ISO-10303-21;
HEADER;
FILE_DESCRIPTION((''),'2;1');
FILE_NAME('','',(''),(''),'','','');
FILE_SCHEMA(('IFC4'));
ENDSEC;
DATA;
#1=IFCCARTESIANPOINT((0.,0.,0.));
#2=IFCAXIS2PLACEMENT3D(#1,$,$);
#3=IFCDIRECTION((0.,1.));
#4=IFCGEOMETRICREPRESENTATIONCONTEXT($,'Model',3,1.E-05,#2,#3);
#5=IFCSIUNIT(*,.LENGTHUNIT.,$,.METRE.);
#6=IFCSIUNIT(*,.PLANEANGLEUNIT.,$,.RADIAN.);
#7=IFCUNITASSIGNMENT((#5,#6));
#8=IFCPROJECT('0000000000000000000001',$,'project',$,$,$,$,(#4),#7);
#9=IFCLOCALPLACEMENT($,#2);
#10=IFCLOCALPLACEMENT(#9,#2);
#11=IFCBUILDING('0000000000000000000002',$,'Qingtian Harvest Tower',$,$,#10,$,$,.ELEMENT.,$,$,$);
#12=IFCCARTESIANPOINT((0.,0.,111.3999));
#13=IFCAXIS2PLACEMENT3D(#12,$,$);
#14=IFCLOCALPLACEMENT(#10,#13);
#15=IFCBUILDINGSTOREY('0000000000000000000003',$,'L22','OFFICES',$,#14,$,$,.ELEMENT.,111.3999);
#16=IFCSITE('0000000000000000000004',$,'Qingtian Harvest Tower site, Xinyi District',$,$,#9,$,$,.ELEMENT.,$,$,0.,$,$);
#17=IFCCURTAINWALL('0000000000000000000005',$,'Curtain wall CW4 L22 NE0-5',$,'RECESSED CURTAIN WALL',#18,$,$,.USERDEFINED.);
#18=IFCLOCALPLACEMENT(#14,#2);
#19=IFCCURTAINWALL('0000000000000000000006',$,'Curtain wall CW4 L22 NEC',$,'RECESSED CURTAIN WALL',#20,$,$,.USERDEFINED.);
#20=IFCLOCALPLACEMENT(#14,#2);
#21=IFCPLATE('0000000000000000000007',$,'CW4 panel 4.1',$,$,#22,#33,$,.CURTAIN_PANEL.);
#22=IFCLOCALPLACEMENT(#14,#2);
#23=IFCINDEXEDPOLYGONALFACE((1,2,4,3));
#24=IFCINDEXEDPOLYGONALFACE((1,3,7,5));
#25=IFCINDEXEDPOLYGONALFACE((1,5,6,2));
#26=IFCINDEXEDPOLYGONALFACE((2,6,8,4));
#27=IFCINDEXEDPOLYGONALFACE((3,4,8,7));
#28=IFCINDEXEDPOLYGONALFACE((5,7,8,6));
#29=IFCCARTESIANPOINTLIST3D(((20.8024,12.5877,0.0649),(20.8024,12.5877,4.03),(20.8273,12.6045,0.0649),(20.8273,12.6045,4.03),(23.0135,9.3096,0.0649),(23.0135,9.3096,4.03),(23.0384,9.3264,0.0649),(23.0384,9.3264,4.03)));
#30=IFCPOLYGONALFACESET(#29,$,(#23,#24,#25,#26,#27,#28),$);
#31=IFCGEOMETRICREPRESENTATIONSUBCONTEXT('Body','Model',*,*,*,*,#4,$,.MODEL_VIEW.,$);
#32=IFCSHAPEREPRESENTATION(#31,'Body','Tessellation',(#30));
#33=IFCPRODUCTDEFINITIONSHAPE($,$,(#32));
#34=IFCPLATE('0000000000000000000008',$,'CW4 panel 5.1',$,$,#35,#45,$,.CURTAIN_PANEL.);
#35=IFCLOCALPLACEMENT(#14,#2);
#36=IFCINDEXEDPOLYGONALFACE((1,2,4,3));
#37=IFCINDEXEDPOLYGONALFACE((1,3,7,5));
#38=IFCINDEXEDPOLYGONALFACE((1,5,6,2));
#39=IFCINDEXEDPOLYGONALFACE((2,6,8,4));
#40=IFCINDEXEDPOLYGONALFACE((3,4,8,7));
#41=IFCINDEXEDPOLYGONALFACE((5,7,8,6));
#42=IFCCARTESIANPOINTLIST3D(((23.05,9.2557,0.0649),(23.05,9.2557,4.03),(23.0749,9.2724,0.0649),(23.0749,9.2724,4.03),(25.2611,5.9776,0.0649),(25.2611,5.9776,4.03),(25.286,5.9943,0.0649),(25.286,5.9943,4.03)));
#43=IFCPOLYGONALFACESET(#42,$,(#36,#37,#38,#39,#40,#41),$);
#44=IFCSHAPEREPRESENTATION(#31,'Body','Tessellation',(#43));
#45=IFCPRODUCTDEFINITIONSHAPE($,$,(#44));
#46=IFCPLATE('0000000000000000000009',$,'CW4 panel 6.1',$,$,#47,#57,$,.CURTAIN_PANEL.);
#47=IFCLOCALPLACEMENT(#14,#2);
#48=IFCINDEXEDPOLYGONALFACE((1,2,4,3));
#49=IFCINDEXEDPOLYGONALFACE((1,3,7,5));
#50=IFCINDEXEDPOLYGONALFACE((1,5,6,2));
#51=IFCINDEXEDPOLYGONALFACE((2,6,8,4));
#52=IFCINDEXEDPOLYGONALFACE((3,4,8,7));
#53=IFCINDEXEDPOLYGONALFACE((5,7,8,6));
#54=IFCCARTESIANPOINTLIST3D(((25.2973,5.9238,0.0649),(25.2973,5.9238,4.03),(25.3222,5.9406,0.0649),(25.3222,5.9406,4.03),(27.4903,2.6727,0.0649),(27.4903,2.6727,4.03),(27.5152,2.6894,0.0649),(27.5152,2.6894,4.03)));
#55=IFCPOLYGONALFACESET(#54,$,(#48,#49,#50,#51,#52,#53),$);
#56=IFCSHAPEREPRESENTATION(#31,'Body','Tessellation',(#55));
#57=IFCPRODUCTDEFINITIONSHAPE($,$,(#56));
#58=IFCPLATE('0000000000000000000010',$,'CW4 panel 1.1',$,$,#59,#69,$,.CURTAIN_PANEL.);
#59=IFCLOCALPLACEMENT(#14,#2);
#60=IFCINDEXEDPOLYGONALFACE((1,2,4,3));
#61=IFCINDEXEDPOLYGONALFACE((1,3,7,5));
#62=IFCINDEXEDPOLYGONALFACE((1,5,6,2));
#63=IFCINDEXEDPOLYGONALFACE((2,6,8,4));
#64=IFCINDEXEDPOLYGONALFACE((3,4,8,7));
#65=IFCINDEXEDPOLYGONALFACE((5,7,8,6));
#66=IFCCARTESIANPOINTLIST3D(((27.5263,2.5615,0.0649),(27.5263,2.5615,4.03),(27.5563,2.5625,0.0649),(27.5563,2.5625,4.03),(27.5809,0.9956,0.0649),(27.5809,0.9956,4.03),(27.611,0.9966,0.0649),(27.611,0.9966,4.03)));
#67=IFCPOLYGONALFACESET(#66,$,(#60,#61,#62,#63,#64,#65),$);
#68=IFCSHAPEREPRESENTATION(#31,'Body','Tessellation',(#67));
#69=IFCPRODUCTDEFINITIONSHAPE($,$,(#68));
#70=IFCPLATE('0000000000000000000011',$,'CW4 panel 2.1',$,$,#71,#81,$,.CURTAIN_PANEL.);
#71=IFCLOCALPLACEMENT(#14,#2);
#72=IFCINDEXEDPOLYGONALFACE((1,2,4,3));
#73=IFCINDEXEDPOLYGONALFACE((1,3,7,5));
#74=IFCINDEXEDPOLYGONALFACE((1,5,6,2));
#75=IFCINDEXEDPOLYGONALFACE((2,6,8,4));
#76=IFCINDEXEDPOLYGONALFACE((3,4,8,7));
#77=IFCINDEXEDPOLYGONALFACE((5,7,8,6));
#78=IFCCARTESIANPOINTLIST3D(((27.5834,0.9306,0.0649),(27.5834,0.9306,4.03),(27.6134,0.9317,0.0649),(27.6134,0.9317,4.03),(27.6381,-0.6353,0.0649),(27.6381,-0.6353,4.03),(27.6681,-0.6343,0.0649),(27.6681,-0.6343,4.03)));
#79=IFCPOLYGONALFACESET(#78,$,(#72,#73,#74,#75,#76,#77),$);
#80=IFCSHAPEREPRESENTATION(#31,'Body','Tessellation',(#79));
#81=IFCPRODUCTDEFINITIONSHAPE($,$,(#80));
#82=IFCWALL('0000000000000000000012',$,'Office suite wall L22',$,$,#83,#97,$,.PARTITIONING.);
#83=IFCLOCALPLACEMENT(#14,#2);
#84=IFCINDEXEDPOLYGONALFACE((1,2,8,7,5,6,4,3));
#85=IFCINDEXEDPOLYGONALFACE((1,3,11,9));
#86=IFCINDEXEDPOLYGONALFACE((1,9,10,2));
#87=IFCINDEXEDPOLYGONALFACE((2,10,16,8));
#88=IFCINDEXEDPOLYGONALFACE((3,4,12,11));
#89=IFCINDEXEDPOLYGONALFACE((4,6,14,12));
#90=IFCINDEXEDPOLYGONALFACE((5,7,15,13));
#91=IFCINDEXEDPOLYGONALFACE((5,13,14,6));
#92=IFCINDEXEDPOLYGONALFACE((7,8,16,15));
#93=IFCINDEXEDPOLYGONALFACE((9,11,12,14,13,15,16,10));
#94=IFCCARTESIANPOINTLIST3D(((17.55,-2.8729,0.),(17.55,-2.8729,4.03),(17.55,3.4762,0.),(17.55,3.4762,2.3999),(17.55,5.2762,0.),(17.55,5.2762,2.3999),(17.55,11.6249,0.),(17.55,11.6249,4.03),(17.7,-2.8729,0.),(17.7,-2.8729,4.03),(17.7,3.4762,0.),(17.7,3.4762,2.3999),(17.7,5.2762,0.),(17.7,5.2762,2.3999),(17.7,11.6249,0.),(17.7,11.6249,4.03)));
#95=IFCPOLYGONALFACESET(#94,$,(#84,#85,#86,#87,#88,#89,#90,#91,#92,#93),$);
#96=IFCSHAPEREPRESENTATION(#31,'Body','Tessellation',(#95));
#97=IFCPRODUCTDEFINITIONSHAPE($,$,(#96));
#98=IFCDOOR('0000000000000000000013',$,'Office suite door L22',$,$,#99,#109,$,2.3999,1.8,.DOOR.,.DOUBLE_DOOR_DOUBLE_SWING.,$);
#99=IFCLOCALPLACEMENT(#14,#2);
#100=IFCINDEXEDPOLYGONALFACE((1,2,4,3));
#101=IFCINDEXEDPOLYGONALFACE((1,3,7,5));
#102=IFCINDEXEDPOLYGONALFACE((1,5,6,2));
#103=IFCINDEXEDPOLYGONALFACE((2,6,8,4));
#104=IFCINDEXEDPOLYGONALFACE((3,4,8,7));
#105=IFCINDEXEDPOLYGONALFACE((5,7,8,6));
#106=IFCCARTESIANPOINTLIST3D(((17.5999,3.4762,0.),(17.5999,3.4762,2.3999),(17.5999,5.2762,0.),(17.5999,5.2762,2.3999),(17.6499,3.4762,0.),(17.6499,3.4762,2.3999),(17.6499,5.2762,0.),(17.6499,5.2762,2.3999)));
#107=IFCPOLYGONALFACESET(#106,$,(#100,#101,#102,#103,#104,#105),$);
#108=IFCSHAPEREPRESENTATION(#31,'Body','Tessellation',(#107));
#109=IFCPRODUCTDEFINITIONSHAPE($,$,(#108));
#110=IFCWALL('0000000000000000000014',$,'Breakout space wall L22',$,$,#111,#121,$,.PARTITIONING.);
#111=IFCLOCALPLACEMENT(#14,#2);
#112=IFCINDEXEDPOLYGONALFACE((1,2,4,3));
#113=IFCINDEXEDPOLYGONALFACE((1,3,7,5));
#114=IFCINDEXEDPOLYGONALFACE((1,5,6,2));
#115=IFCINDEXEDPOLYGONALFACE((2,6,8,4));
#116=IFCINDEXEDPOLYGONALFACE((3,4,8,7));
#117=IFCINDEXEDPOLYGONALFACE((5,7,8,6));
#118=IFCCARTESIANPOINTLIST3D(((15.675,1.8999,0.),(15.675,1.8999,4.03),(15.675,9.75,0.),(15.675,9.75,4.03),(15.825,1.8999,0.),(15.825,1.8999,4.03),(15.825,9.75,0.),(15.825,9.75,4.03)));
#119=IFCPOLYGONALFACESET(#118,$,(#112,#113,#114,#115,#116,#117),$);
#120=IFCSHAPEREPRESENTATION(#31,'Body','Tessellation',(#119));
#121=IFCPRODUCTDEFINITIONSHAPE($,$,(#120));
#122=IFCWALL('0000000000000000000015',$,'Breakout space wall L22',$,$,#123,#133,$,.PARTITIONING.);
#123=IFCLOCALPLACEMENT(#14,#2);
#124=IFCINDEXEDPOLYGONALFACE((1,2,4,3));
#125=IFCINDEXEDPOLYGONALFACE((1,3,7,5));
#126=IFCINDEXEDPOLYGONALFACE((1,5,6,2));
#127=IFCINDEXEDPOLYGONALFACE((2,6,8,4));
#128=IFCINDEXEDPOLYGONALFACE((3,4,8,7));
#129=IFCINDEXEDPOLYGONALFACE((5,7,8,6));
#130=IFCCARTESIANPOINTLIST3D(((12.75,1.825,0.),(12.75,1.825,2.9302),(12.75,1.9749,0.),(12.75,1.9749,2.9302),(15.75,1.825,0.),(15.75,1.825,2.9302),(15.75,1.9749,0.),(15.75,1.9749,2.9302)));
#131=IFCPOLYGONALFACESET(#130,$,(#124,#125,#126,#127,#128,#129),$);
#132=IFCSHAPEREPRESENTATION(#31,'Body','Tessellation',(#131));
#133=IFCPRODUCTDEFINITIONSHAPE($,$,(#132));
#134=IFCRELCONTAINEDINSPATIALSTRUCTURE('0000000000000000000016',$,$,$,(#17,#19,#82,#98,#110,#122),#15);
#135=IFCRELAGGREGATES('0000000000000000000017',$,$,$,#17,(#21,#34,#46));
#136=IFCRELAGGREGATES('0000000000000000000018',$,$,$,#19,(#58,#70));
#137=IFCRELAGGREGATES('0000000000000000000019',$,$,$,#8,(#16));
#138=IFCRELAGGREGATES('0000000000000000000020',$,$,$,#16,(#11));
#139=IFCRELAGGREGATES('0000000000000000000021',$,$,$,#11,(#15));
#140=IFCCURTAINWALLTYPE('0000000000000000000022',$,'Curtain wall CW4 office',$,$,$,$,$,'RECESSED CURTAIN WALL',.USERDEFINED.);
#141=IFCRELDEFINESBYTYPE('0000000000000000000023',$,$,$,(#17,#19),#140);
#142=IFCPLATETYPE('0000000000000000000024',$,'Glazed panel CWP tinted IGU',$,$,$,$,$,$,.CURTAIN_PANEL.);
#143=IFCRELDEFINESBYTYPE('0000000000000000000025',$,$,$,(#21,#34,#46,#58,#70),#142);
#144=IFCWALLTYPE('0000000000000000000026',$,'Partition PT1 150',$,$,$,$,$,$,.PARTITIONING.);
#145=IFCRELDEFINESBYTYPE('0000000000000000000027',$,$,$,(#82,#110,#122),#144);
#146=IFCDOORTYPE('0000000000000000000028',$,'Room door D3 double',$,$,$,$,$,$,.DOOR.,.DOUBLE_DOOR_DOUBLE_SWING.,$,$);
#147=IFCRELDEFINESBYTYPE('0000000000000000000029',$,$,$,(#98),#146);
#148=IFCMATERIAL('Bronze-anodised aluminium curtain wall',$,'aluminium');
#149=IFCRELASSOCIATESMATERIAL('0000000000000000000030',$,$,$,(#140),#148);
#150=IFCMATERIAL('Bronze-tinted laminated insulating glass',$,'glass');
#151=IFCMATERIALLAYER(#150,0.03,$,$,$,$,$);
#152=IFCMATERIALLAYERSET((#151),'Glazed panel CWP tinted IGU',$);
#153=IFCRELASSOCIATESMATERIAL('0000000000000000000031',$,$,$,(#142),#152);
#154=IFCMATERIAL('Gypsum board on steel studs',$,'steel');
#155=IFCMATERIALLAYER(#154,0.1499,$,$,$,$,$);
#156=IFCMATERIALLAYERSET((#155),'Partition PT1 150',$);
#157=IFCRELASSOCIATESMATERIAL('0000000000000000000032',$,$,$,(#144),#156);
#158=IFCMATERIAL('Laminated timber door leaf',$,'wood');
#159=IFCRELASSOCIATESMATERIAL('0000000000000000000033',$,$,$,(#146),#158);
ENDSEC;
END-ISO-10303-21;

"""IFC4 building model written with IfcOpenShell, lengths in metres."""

from ifc_helpers import new_model, si_unit, direction, frame, frame_2d, origin, origin_2d, place, context, subcontext, project, spatial, rectangle, extrude, material, layer, layer_set, type_object, element, fill, aggregate, save


model = new_model("IFC4")

# Units and contexts
model_context = context("Model", 3, precision=1e-05, world=origin(), true_north=direction((0.0, 1.0)))
body_context = subcontext(model_context, "Body", "Model", "MODEL_VIEW")
ifc_project = project(units=[si_unit("LENGTHUNIT", "METRE"), si_unit("PLANEANGLEUNIT", "RADIAN")], contexts=[model_context])

# Site, building, storey
site_placement = place(None, origin())
site = spatial("IfcSite", under=ifc_project, at=site_placement, Name="Qingtian Harvest Tower site, Xinyi District", CompositionType="ELEMENT", RefElevation=0.0)
building_placement = place(site_placement, origin())
building = spatial("IfcBuilding", under=site, at=building_placement, Name="Qingtian Harvest Tower", CompositionType="ELEMENT")
storey_placement = place(building_placement, frame((0.0, 0.0, 111.3999)))
storey = spatial("IfcBuildingStorey", under=building, at=storey_placement, Name="L22", Description="OFFICES", CompositionType="ELEMENT", Elevation=111.3999)

# Curtain walls
ifc_material_1 = material(Name="Bronze-anodised aluminium curtain wall", Category="aluminium")
curtain_wall_type = type_object("IfcCurtainWallType", Name="Curtain wall CW4 office", ElementType="RECESSED CURTAIN WALL", PredefinedType="USERDEFINED", material=ifc_material_1)
curtain_wall_1_placement = place(storey_placement, origin())
curtain_wall_1 = element("IfcCurtainWall", 1, at=curtain_wall_1_placement, inside=storey, type_object=curtain_wall_type, Name="Curtain wall CW4 L22 NE0-5", ObjectType="RECESSED CURTAIN WALL", PredefinedType="USERDEFINED")
curtain_wall_2_placement = place(storey_placement, origin())
curtain_wall_2 = element("IfcCurtainWall", 2, at=curtain_wall_2_placement, inside=storey, type_object=curtain_wall_type, Name="Curtain wall CW4 L22 NEC", ObjectType="RECESSED CURTAIN WALL", PredefinedType="USERDEFINED")

# Plates
ifc_material_2 = material(Name="Bronze-tinted laminated insulating glass", Category="glass")
ifc_layer_1 = layer(ifc_material_2, 0.03)
ifc_layer_set_1 = layer_set([ifc_layer_1], Name="Glazed panel CWP tinted IGU")
plate_type = type_object("IfcPlateType", Name="Glazed panel CWP tinted IGU", PredefinedType="CURTAIN_PANEL", material=ifc_layer_set_1)
plate_1_placement = place(storey_placement, frame((21.9204, 10.957, 0.0649), z_axis=(0.0, 0.0, 1.0), x_axis=(0.559193, -0.829038, 0.0)))
plate_1 = element("IfcPlate", 3, at=plate_1_placement, type_object=plate_type, Name="CW4 panel 4.1", PredefinedType="CURTAIN_PANEL", context=body_context, shape_type="SweptSolid", body=[
    extrude(rectangle(XDim=3.9541, YDim=0.03, at=origin_2d()), origin(), (0.0, 0.0, 1.0), 3.9651),
])
plate_2_placement = place(storey_placement, frame((24.168, 7.625, 0.0649), z_axis=(0.0, 0.0, 1.0), x_axis=(0.559193, -0.829038, 0.0)))
plate_2 = element("IfcPlate", 4, at=plate_2_placement, type_object=plate_type, Name="CW4 panel 5.1", PredefinedType="CURTAIN_PANEL", context=body_context, shape_type="SweptSolid", body=[
    extrude(rectangle(XDim=3.9541, YDim=0.03, at=origin_2d()), origin(), (0.0, 0.0, 1.0), 3.9651),
])
plate_3_placement = place(storey_placement, frame((26.4062, 4.3066, 0.0649), z_axis=(0.0, 0.0, 1.0), x_axis=(0.559193, -0.829038, 0.0)))
plate_3 = element("IfcPlate", 5, at=plate_3_placement, type_object=plate_type, Name="CW4 panel 6.1", PredefinedType="CURTAIN_PANEL", context=body_context, shape_type="SweptSolid", body=[
    extrude(rectangle(XDim=3.9216, YDim=0.03, at=origin_2d()), origin(), (0.0, 0.0, 1.0), 3.9651),
])
aggregate(curtain_wall_1, [plate_1, plate_2, plate_3])
plate_4_placement = place(storey_placement, frame((27.5686, 1.7791, 0.0649), z_axis=(0.0, 0.0, 1.0), x_axis=(0.034899, -0.999391, 0.0)))
plate_4 = element("IfcPlate", 6, at=plate_4_placement, type_object=plate_type, Name="CW4 panel 1.1", PredefinedType="CURTAIN_PANEL", context=body_context, shape_type="SweptSolid", body=[
    extrude(rectangle(XDim=1.5669, YDim=0.03, at=origin_2d()), origin(), (0.0, 0.0, 1.0), 3.9651),
])
plate_5_placement = place(storey_placement, frame((27.6257, 0.1482, 0.0649), z_axis=(0.0, 0.0, 1.0), x_axis=(0.034899, -0.999391, 0.0)))
plate_5 = element("IfcPlate", 7, at=plate_5_placement, type_object=plate_type, Name="CW4 panel 2.1", PredefinedType="CURTAIN_PANEL", context=body_context, shape_type="SweptSolid", body=[
    extrude(rectangle(XDim=1.5669, YDim=0.03, at=origin_2d()), origin(), (0.0, 0.0, 1.0), 3.9651),
])
aggregate(curtain_wall_2, [plate_4, plate_5])

# Wall, opening, door
ifc_material_3 = material(Name="Gypsum board on steel studs", Category="steel")
ifc_layer_2 = layer(ifc_material_3, 0.1499)
ifc_layer_set_2 = layer_set([ifc_layer_2], Name="Partition PT1 150")
wall_type = type_object("IfcWallType", Name="Partition PT1 150", PredefinedType="PARTITIONING", material=ifc_layer_set_2)
wall_1_placement = place(storey_placement, frame((17.625, 11.625, 0.0), z_axis=(0.0, 0.0, 1.0), x_axis=(0.0, -1.0, 0.0)))
wall_1 = element("IfcWall", 8, at=wall_1_placement, inside=storey, type_object=wall_type, Name="Office suite wall L22", PredefinedType="PARTITIONING", context=body_context, shape_type="SweptSolid", body=[
    extrude(rectangle(XDim=14.4978, YDim=0.1499, at=frame_2d((7.249, 0.0))), origin(), (0.0, 0.0, 1.0), 4.03),
])
opening_placement = place(wall_1_placement, frame((6.3489, 0.0, 0.0)))
opening = element("IfcOpeningElement", 9, at=opening_placement, cuts=wall_1, PredefinedType="OPENING", context=body_context, shape_type="SweptSolid", body=[
    extrude(rectangle(XDim=1.8, YDim=2.3999, at=frame_2d((0.8999, 1.2))), frame((0.0, 0.085, 0.0), z_axis=(0.0, -1.0, 0.0), x_axis=(1.0, 0.0, 0.0)), (0.0, 0.0, 1.0), 0.1699),
])
ifc_material_4 = material(Name="Laminated timber door leaf", Category="wood")
door_type = type_object("IfcDoorType", Name="Room door D3 double", OperationType="DOUBLE_DOOR_DOUBLE_SWING", PredefinedType="DOOR", material=ifc_material_4)
door_placement = place(opening_placement, origin())
door = element("IfcDoor", 10, at=door_placement, inside=storey, type_object=door_type, Name="Office suite door L22", OperationType="DOUBLE_DOOR_DOUBLE_SWING", OverallHeight=2.3999, OverallWidth=1.8, PredefinedType="DOOR", context=body_context, shape_type="SweptSolid", body=[
    extrude(rectangle(XDim=1.8, YDim=2.3999, at=frame_2d((0.8999, 1.2))), frame((0.0, 0.0249, 0.0), z_axis=(0.0, -1.0, 0.0), x_axis=(1.0, 0.0, 0.0)), (0.0, 0.0, 1.0), 0.05),
])
fill(opening, door)

# Walls
wall_2_placement = place(storey_placement, frame((15.75, 1.8999, 0.0), z_axis=(0.0, 0.0, 1.0), x_axis=(0.0, 1.0, 0.0)))
element("IfcWall", 11, at=wall_2_placement, inside=storey, type_object=wall_type, Name="Breakout space wall L22", PredefinedType="PARTITIONING", context=body_context, shape_type="SweptSolid", body=[
    extrude(rectangle(XDim=7.8501, YDim=0.1499, at=frame_2d((3.925, 0.0))), origin(), (0.0, 0.0, 1.0), 4.03),
])
wall_3_placement = place(storey_placement, frame((12.75, 1.8999, 0.0), z_axis=(0.0, 0.0, 1.0), x_axis=(1.0, 0.0, 0.0)))
element("IfcWall", 12, at=wall_3_placement, inside=storey, type_object=wall_type, Name="Breakout space wall L22", PredefinedType="PARTITIONING", context=body_context, shape_type="SweptSolid", body=[
    extrude(rectangle(XDim=3.0, YDim=0.1499, at=frame_2d((1.5, 0.0))), origin(), (0.0, 0.0, 1.0), 2.9302),
])

save(model, "model.ifc")
